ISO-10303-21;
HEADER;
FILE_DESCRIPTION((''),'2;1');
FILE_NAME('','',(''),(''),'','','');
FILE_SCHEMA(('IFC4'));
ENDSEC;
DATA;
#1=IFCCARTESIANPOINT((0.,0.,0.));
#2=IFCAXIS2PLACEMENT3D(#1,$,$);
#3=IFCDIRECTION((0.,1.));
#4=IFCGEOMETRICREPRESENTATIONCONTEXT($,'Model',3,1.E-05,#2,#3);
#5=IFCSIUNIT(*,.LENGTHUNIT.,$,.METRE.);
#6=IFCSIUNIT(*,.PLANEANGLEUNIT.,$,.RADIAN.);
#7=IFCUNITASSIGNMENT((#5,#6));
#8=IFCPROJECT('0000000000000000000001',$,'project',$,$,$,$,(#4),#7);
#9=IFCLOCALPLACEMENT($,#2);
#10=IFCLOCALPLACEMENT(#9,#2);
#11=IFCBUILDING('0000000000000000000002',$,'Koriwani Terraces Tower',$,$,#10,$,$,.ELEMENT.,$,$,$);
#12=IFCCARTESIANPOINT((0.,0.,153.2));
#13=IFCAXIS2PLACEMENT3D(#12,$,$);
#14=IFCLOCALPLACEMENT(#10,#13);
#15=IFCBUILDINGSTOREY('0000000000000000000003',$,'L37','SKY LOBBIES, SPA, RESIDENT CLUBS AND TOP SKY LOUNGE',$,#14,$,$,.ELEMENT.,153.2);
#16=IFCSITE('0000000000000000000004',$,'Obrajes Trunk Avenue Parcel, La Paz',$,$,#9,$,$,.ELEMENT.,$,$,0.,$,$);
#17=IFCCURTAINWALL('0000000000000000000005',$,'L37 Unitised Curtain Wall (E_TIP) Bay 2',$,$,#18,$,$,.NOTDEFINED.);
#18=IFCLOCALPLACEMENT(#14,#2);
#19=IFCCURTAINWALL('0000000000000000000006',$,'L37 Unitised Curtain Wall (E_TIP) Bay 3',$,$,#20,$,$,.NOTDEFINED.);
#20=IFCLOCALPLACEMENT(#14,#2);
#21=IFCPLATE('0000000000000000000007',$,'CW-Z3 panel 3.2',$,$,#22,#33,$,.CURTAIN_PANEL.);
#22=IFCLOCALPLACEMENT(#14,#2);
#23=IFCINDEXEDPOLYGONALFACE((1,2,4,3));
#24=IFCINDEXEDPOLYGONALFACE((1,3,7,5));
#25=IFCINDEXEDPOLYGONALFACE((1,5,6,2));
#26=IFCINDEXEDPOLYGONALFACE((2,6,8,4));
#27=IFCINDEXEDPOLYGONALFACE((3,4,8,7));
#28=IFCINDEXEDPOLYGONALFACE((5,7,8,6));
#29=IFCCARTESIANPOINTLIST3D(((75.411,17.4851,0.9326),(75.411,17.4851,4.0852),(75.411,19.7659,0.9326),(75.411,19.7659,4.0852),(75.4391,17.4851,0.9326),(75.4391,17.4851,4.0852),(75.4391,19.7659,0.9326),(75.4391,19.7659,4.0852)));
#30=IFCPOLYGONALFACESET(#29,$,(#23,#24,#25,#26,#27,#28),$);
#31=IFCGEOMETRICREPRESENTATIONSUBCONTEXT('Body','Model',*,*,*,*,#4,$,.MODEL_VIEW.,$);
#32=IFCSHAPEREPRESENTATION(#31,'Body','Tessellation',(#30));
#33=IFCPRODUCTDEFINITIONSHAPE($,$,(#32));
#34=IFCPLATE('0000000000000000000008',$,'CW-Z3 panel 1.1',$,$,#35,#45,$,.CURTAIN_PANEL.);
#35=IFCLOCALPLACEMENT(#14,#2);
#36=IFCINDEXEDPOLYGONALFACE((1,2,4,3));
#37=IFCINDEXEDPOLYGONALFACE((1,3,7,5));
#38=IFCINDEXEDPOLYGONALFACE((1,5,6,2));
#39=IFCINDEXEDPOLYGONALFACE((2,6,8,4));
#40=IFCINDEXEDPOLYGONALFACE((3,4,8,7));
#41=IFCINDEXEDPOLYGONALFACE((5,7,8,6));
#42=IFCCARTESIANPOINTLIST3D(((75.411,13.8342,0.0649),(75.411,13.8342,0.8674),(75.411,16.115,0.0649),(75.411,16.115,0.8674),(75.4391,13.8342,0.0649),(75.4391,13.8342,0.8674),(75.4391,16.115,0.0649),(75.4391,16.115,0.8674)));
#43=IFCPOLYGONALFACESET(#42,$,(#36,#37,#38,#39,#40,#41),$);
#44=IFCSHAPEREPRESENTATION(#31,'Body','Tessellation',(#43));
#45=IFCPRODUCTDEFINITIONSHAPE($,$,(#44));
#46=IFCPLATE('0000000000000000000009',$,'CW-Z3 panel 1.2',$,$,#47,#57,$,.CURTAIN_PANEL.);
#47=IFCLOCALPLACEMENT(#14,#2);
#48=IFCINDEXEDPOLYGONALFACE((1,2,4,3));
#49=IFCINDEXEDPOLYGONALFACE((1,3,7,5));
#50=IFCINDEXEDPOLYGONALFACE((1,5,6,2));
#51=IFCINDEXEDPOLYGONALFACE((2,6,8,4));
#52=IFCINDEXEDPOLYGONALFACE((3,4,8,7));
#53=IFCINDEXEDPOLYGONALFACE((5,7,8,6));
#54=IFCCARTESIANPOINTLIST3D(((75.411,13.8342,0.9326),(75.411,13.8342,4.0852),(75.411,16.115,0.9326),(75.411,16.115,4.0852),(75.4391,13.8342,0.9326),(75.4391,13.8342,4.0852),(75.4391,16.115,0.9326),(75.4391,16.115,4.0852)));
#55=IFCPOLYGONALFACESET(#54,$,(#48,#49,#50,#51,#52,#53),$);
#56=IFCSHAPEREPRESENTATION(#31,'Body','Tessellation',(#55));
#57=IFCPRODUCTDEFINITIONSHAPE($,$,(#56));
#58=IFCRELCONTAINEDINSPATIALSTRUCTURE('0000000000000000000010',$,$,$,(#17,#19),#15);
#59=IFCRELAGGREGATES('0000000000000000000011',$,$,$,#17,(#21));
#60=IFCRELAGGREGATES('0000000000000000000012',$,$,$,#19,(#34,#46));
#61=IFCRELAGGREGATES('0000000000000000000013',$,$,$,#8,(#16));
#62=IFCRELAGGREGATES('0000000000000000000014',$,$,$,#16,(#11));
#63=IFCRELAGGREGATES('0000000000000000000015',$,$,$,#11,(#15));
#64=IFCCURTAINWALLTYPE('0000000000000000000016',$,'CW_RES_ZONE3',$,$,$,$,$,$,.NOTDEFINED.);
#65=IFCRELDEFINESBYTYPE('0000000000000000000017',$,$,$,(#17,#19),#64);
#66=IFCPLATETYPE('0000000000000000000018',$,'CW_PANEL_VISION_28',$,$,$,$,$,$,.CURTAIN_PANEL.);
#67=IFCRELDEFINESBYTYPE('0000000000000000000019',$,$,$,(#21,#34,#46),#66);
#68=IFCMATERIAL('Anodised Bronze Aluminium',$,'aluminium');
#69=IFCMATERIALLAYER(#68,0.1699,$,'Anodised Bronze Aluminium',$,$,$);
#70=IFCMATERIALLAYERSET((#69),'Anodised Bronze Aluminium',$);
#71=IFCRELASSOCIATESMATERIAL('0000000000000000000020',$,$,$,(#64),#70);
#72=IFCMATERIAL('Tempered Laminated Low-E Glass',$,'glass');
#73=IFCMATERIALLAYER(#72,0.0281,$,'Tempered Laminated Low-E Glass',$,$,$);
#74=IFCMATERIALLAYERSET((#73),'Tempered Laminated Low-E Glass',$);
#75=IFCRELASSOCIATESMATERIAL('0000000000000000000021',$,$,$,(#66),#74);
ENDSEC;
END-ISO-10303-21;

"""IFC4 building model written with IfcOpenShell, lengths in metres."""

from ifc_helpers import new_model, si_unit, direction, frame, origin, origin_2d, place, context, subcontext, project, spatial, rectangle, extrude, material, layer, layer_set, type_object, element, aggregate, save


model = new_model("IFC4")

# Units and contexts
model_context = context("Model", 3, precision=1e-05, world=origin(), true_north=direction((0.0, 1.0)))
body_context = subcontext(model_context, "Body", "Model", "MODEL_VIEW")
ifc_project = project(units=[si_unit("LENGTHUNIT", "METRE"), si_unit("PLANEANGLEUNIT", "RADIAN")], contexts=[model_context])

# Site, building, storey
site_placement = place(None, origin())
site = spatial("IfcSite", under=ifc_project, at=site_placement, Name="Obrajes Trunk Avenue Parcel, La Paz", CompositionType="ELEMENT", RefElevation=0.0)
building_placement = place(site_placement, origin())
building = spatial("IfcBuilding", under=site, at=building_placement, Name="Koriwani Terraces Tower", CompositionType="ELEMENT")
storey_placement = place(building_placement, frame((0.0, 0.0, 153.2)))
storey = spatial("IfcBuildingStorey", under=building, at=storey_placement, Name="L37", Description="SKY LOBBIES, SPA, RESIDENT CLUBS AND TOP SKY LOUNGE", CompositionType="ELEMENT", Elevation=153.2)

# Curtain wall
ifc_material_1 = material(Name="Anodised Bronze Aluminium", Category="aluminium")
ifc_layer_1 = layer(ifc_material_1, 0.1699, Name="Anodised Bronze Aluminium")
ifc_layer_set_1 = layer_set([ifc_layer_1], Name="Anodised Bronze Aluminium")
curtain_wall_type = type_object("IfcCurtainWallType", Name="CW_RES_ZONE3", PredefinedType="NOTDEFINED", material=ifc_layer_set_1)
curtain_wall_1_placement = place(storey_placement, origin())
curtain_wall_1 = element("IfcCurtainWall", 1, at=curtain_wall_1_placement, inside=storey, type_object=curtain_wall_type, Name="L37 Unitised Curtain Wall (E_TIP) Bay 2", PredefinedType="NOTDEFINED")

# Curtain wall
curtain_wall_2_placement = place(storey_placement, origin())
curtain_wall_2 = element("IfcCurtainWall", 2, at=curtain_wall_2_placement, inside=storey, type_object=curtain_wall_type, Name="L37 Unitised Curtain Wall (E_TIP) Bay 3", PredefinedType="NOTDEFINED")

# Plates
ifc_material_2 = material(Name="Tempered Laminated Low-E Glass", Category="glass")
ifc_layer_2 = layer(ifc_material_2, 0.0281, Name="Tempered Laminated Low-E Glass")
ifc_layer_set_2 = layer_set([ifc_layer_2], Name="Tempered Laminated Low-E Glass")
plate_type = type_object("IfcPlateType", Name="CW_PANEL_VISION_28", PredefinedType="CURTAIN_PANEL", material=ifc_layer_set_2)
plate_1_placement = place(storey_placement, frame((75.425, 18.6255, 0.9326), z_axis=(0.0, 0.0, 1.0), x_axis=(0.0, -1.0, 0.0)))
plate_1 = element("IfcPlate", 3, at=plate_1_placement, type_object=plate_type, Name="CW-Z3 panel 3.2", PredefinedType="CURTAIN_PANEL", context=body_context, shape_type="SweptSolid", body=[
    extrude(rectangle(XDim=2.2808, YDim=0.0281, at=origin_2d()), origin(), (0.0, 0.0, 1.0), 3.1526),
])
aggregate(curtain_wall_1, [plate_1])
plate_2_placement = place(storey_placement, frame((75.425, 14.9746, 0.0649), z_axis=(0.0, 0.0, 1.0), x_axis=(0.0, -1.0, 0.0)))
plate_2 = element("IfcPlate", 4, at=plate_2_placement, type_object=plate_type, Name="CW-Z3 panel 1.1", PredefinedType="CURTAIN_PANEL", context=body_context, shape_type="SweptSolid", body=[
    extrude(rectangle(XDim=2.2808, YDim=0.0281, at=origin_2d()), origin(), (0.0, 0.0, 1.0), 0.8025),
])
plate_3_placement = place(storey_placement, frame((75.425, 14.9746, 0.9326), z_axis=(0.0, 0.0, 1.0), x_axis=(0.0, -1.0, 0.0)))
plate_3 = element("IfcPlate", 5, at=plate_3_placement, type_object=plate_type, Name="CW-Z3 panel 1.2", PredefinedType="CURTAIN_PANEL", context=body_context, shape_type="SweptSolid", body=[
    extrude(rectangle(XDim=2.2808, YDim=0.0281, at=origin_2d()), origin(), (0.0, 0.0, 1.0), 3.1526),
])
aggregate(curtain_wall_2, [plate_2, plate_3])

save(model, "model.ifc")
